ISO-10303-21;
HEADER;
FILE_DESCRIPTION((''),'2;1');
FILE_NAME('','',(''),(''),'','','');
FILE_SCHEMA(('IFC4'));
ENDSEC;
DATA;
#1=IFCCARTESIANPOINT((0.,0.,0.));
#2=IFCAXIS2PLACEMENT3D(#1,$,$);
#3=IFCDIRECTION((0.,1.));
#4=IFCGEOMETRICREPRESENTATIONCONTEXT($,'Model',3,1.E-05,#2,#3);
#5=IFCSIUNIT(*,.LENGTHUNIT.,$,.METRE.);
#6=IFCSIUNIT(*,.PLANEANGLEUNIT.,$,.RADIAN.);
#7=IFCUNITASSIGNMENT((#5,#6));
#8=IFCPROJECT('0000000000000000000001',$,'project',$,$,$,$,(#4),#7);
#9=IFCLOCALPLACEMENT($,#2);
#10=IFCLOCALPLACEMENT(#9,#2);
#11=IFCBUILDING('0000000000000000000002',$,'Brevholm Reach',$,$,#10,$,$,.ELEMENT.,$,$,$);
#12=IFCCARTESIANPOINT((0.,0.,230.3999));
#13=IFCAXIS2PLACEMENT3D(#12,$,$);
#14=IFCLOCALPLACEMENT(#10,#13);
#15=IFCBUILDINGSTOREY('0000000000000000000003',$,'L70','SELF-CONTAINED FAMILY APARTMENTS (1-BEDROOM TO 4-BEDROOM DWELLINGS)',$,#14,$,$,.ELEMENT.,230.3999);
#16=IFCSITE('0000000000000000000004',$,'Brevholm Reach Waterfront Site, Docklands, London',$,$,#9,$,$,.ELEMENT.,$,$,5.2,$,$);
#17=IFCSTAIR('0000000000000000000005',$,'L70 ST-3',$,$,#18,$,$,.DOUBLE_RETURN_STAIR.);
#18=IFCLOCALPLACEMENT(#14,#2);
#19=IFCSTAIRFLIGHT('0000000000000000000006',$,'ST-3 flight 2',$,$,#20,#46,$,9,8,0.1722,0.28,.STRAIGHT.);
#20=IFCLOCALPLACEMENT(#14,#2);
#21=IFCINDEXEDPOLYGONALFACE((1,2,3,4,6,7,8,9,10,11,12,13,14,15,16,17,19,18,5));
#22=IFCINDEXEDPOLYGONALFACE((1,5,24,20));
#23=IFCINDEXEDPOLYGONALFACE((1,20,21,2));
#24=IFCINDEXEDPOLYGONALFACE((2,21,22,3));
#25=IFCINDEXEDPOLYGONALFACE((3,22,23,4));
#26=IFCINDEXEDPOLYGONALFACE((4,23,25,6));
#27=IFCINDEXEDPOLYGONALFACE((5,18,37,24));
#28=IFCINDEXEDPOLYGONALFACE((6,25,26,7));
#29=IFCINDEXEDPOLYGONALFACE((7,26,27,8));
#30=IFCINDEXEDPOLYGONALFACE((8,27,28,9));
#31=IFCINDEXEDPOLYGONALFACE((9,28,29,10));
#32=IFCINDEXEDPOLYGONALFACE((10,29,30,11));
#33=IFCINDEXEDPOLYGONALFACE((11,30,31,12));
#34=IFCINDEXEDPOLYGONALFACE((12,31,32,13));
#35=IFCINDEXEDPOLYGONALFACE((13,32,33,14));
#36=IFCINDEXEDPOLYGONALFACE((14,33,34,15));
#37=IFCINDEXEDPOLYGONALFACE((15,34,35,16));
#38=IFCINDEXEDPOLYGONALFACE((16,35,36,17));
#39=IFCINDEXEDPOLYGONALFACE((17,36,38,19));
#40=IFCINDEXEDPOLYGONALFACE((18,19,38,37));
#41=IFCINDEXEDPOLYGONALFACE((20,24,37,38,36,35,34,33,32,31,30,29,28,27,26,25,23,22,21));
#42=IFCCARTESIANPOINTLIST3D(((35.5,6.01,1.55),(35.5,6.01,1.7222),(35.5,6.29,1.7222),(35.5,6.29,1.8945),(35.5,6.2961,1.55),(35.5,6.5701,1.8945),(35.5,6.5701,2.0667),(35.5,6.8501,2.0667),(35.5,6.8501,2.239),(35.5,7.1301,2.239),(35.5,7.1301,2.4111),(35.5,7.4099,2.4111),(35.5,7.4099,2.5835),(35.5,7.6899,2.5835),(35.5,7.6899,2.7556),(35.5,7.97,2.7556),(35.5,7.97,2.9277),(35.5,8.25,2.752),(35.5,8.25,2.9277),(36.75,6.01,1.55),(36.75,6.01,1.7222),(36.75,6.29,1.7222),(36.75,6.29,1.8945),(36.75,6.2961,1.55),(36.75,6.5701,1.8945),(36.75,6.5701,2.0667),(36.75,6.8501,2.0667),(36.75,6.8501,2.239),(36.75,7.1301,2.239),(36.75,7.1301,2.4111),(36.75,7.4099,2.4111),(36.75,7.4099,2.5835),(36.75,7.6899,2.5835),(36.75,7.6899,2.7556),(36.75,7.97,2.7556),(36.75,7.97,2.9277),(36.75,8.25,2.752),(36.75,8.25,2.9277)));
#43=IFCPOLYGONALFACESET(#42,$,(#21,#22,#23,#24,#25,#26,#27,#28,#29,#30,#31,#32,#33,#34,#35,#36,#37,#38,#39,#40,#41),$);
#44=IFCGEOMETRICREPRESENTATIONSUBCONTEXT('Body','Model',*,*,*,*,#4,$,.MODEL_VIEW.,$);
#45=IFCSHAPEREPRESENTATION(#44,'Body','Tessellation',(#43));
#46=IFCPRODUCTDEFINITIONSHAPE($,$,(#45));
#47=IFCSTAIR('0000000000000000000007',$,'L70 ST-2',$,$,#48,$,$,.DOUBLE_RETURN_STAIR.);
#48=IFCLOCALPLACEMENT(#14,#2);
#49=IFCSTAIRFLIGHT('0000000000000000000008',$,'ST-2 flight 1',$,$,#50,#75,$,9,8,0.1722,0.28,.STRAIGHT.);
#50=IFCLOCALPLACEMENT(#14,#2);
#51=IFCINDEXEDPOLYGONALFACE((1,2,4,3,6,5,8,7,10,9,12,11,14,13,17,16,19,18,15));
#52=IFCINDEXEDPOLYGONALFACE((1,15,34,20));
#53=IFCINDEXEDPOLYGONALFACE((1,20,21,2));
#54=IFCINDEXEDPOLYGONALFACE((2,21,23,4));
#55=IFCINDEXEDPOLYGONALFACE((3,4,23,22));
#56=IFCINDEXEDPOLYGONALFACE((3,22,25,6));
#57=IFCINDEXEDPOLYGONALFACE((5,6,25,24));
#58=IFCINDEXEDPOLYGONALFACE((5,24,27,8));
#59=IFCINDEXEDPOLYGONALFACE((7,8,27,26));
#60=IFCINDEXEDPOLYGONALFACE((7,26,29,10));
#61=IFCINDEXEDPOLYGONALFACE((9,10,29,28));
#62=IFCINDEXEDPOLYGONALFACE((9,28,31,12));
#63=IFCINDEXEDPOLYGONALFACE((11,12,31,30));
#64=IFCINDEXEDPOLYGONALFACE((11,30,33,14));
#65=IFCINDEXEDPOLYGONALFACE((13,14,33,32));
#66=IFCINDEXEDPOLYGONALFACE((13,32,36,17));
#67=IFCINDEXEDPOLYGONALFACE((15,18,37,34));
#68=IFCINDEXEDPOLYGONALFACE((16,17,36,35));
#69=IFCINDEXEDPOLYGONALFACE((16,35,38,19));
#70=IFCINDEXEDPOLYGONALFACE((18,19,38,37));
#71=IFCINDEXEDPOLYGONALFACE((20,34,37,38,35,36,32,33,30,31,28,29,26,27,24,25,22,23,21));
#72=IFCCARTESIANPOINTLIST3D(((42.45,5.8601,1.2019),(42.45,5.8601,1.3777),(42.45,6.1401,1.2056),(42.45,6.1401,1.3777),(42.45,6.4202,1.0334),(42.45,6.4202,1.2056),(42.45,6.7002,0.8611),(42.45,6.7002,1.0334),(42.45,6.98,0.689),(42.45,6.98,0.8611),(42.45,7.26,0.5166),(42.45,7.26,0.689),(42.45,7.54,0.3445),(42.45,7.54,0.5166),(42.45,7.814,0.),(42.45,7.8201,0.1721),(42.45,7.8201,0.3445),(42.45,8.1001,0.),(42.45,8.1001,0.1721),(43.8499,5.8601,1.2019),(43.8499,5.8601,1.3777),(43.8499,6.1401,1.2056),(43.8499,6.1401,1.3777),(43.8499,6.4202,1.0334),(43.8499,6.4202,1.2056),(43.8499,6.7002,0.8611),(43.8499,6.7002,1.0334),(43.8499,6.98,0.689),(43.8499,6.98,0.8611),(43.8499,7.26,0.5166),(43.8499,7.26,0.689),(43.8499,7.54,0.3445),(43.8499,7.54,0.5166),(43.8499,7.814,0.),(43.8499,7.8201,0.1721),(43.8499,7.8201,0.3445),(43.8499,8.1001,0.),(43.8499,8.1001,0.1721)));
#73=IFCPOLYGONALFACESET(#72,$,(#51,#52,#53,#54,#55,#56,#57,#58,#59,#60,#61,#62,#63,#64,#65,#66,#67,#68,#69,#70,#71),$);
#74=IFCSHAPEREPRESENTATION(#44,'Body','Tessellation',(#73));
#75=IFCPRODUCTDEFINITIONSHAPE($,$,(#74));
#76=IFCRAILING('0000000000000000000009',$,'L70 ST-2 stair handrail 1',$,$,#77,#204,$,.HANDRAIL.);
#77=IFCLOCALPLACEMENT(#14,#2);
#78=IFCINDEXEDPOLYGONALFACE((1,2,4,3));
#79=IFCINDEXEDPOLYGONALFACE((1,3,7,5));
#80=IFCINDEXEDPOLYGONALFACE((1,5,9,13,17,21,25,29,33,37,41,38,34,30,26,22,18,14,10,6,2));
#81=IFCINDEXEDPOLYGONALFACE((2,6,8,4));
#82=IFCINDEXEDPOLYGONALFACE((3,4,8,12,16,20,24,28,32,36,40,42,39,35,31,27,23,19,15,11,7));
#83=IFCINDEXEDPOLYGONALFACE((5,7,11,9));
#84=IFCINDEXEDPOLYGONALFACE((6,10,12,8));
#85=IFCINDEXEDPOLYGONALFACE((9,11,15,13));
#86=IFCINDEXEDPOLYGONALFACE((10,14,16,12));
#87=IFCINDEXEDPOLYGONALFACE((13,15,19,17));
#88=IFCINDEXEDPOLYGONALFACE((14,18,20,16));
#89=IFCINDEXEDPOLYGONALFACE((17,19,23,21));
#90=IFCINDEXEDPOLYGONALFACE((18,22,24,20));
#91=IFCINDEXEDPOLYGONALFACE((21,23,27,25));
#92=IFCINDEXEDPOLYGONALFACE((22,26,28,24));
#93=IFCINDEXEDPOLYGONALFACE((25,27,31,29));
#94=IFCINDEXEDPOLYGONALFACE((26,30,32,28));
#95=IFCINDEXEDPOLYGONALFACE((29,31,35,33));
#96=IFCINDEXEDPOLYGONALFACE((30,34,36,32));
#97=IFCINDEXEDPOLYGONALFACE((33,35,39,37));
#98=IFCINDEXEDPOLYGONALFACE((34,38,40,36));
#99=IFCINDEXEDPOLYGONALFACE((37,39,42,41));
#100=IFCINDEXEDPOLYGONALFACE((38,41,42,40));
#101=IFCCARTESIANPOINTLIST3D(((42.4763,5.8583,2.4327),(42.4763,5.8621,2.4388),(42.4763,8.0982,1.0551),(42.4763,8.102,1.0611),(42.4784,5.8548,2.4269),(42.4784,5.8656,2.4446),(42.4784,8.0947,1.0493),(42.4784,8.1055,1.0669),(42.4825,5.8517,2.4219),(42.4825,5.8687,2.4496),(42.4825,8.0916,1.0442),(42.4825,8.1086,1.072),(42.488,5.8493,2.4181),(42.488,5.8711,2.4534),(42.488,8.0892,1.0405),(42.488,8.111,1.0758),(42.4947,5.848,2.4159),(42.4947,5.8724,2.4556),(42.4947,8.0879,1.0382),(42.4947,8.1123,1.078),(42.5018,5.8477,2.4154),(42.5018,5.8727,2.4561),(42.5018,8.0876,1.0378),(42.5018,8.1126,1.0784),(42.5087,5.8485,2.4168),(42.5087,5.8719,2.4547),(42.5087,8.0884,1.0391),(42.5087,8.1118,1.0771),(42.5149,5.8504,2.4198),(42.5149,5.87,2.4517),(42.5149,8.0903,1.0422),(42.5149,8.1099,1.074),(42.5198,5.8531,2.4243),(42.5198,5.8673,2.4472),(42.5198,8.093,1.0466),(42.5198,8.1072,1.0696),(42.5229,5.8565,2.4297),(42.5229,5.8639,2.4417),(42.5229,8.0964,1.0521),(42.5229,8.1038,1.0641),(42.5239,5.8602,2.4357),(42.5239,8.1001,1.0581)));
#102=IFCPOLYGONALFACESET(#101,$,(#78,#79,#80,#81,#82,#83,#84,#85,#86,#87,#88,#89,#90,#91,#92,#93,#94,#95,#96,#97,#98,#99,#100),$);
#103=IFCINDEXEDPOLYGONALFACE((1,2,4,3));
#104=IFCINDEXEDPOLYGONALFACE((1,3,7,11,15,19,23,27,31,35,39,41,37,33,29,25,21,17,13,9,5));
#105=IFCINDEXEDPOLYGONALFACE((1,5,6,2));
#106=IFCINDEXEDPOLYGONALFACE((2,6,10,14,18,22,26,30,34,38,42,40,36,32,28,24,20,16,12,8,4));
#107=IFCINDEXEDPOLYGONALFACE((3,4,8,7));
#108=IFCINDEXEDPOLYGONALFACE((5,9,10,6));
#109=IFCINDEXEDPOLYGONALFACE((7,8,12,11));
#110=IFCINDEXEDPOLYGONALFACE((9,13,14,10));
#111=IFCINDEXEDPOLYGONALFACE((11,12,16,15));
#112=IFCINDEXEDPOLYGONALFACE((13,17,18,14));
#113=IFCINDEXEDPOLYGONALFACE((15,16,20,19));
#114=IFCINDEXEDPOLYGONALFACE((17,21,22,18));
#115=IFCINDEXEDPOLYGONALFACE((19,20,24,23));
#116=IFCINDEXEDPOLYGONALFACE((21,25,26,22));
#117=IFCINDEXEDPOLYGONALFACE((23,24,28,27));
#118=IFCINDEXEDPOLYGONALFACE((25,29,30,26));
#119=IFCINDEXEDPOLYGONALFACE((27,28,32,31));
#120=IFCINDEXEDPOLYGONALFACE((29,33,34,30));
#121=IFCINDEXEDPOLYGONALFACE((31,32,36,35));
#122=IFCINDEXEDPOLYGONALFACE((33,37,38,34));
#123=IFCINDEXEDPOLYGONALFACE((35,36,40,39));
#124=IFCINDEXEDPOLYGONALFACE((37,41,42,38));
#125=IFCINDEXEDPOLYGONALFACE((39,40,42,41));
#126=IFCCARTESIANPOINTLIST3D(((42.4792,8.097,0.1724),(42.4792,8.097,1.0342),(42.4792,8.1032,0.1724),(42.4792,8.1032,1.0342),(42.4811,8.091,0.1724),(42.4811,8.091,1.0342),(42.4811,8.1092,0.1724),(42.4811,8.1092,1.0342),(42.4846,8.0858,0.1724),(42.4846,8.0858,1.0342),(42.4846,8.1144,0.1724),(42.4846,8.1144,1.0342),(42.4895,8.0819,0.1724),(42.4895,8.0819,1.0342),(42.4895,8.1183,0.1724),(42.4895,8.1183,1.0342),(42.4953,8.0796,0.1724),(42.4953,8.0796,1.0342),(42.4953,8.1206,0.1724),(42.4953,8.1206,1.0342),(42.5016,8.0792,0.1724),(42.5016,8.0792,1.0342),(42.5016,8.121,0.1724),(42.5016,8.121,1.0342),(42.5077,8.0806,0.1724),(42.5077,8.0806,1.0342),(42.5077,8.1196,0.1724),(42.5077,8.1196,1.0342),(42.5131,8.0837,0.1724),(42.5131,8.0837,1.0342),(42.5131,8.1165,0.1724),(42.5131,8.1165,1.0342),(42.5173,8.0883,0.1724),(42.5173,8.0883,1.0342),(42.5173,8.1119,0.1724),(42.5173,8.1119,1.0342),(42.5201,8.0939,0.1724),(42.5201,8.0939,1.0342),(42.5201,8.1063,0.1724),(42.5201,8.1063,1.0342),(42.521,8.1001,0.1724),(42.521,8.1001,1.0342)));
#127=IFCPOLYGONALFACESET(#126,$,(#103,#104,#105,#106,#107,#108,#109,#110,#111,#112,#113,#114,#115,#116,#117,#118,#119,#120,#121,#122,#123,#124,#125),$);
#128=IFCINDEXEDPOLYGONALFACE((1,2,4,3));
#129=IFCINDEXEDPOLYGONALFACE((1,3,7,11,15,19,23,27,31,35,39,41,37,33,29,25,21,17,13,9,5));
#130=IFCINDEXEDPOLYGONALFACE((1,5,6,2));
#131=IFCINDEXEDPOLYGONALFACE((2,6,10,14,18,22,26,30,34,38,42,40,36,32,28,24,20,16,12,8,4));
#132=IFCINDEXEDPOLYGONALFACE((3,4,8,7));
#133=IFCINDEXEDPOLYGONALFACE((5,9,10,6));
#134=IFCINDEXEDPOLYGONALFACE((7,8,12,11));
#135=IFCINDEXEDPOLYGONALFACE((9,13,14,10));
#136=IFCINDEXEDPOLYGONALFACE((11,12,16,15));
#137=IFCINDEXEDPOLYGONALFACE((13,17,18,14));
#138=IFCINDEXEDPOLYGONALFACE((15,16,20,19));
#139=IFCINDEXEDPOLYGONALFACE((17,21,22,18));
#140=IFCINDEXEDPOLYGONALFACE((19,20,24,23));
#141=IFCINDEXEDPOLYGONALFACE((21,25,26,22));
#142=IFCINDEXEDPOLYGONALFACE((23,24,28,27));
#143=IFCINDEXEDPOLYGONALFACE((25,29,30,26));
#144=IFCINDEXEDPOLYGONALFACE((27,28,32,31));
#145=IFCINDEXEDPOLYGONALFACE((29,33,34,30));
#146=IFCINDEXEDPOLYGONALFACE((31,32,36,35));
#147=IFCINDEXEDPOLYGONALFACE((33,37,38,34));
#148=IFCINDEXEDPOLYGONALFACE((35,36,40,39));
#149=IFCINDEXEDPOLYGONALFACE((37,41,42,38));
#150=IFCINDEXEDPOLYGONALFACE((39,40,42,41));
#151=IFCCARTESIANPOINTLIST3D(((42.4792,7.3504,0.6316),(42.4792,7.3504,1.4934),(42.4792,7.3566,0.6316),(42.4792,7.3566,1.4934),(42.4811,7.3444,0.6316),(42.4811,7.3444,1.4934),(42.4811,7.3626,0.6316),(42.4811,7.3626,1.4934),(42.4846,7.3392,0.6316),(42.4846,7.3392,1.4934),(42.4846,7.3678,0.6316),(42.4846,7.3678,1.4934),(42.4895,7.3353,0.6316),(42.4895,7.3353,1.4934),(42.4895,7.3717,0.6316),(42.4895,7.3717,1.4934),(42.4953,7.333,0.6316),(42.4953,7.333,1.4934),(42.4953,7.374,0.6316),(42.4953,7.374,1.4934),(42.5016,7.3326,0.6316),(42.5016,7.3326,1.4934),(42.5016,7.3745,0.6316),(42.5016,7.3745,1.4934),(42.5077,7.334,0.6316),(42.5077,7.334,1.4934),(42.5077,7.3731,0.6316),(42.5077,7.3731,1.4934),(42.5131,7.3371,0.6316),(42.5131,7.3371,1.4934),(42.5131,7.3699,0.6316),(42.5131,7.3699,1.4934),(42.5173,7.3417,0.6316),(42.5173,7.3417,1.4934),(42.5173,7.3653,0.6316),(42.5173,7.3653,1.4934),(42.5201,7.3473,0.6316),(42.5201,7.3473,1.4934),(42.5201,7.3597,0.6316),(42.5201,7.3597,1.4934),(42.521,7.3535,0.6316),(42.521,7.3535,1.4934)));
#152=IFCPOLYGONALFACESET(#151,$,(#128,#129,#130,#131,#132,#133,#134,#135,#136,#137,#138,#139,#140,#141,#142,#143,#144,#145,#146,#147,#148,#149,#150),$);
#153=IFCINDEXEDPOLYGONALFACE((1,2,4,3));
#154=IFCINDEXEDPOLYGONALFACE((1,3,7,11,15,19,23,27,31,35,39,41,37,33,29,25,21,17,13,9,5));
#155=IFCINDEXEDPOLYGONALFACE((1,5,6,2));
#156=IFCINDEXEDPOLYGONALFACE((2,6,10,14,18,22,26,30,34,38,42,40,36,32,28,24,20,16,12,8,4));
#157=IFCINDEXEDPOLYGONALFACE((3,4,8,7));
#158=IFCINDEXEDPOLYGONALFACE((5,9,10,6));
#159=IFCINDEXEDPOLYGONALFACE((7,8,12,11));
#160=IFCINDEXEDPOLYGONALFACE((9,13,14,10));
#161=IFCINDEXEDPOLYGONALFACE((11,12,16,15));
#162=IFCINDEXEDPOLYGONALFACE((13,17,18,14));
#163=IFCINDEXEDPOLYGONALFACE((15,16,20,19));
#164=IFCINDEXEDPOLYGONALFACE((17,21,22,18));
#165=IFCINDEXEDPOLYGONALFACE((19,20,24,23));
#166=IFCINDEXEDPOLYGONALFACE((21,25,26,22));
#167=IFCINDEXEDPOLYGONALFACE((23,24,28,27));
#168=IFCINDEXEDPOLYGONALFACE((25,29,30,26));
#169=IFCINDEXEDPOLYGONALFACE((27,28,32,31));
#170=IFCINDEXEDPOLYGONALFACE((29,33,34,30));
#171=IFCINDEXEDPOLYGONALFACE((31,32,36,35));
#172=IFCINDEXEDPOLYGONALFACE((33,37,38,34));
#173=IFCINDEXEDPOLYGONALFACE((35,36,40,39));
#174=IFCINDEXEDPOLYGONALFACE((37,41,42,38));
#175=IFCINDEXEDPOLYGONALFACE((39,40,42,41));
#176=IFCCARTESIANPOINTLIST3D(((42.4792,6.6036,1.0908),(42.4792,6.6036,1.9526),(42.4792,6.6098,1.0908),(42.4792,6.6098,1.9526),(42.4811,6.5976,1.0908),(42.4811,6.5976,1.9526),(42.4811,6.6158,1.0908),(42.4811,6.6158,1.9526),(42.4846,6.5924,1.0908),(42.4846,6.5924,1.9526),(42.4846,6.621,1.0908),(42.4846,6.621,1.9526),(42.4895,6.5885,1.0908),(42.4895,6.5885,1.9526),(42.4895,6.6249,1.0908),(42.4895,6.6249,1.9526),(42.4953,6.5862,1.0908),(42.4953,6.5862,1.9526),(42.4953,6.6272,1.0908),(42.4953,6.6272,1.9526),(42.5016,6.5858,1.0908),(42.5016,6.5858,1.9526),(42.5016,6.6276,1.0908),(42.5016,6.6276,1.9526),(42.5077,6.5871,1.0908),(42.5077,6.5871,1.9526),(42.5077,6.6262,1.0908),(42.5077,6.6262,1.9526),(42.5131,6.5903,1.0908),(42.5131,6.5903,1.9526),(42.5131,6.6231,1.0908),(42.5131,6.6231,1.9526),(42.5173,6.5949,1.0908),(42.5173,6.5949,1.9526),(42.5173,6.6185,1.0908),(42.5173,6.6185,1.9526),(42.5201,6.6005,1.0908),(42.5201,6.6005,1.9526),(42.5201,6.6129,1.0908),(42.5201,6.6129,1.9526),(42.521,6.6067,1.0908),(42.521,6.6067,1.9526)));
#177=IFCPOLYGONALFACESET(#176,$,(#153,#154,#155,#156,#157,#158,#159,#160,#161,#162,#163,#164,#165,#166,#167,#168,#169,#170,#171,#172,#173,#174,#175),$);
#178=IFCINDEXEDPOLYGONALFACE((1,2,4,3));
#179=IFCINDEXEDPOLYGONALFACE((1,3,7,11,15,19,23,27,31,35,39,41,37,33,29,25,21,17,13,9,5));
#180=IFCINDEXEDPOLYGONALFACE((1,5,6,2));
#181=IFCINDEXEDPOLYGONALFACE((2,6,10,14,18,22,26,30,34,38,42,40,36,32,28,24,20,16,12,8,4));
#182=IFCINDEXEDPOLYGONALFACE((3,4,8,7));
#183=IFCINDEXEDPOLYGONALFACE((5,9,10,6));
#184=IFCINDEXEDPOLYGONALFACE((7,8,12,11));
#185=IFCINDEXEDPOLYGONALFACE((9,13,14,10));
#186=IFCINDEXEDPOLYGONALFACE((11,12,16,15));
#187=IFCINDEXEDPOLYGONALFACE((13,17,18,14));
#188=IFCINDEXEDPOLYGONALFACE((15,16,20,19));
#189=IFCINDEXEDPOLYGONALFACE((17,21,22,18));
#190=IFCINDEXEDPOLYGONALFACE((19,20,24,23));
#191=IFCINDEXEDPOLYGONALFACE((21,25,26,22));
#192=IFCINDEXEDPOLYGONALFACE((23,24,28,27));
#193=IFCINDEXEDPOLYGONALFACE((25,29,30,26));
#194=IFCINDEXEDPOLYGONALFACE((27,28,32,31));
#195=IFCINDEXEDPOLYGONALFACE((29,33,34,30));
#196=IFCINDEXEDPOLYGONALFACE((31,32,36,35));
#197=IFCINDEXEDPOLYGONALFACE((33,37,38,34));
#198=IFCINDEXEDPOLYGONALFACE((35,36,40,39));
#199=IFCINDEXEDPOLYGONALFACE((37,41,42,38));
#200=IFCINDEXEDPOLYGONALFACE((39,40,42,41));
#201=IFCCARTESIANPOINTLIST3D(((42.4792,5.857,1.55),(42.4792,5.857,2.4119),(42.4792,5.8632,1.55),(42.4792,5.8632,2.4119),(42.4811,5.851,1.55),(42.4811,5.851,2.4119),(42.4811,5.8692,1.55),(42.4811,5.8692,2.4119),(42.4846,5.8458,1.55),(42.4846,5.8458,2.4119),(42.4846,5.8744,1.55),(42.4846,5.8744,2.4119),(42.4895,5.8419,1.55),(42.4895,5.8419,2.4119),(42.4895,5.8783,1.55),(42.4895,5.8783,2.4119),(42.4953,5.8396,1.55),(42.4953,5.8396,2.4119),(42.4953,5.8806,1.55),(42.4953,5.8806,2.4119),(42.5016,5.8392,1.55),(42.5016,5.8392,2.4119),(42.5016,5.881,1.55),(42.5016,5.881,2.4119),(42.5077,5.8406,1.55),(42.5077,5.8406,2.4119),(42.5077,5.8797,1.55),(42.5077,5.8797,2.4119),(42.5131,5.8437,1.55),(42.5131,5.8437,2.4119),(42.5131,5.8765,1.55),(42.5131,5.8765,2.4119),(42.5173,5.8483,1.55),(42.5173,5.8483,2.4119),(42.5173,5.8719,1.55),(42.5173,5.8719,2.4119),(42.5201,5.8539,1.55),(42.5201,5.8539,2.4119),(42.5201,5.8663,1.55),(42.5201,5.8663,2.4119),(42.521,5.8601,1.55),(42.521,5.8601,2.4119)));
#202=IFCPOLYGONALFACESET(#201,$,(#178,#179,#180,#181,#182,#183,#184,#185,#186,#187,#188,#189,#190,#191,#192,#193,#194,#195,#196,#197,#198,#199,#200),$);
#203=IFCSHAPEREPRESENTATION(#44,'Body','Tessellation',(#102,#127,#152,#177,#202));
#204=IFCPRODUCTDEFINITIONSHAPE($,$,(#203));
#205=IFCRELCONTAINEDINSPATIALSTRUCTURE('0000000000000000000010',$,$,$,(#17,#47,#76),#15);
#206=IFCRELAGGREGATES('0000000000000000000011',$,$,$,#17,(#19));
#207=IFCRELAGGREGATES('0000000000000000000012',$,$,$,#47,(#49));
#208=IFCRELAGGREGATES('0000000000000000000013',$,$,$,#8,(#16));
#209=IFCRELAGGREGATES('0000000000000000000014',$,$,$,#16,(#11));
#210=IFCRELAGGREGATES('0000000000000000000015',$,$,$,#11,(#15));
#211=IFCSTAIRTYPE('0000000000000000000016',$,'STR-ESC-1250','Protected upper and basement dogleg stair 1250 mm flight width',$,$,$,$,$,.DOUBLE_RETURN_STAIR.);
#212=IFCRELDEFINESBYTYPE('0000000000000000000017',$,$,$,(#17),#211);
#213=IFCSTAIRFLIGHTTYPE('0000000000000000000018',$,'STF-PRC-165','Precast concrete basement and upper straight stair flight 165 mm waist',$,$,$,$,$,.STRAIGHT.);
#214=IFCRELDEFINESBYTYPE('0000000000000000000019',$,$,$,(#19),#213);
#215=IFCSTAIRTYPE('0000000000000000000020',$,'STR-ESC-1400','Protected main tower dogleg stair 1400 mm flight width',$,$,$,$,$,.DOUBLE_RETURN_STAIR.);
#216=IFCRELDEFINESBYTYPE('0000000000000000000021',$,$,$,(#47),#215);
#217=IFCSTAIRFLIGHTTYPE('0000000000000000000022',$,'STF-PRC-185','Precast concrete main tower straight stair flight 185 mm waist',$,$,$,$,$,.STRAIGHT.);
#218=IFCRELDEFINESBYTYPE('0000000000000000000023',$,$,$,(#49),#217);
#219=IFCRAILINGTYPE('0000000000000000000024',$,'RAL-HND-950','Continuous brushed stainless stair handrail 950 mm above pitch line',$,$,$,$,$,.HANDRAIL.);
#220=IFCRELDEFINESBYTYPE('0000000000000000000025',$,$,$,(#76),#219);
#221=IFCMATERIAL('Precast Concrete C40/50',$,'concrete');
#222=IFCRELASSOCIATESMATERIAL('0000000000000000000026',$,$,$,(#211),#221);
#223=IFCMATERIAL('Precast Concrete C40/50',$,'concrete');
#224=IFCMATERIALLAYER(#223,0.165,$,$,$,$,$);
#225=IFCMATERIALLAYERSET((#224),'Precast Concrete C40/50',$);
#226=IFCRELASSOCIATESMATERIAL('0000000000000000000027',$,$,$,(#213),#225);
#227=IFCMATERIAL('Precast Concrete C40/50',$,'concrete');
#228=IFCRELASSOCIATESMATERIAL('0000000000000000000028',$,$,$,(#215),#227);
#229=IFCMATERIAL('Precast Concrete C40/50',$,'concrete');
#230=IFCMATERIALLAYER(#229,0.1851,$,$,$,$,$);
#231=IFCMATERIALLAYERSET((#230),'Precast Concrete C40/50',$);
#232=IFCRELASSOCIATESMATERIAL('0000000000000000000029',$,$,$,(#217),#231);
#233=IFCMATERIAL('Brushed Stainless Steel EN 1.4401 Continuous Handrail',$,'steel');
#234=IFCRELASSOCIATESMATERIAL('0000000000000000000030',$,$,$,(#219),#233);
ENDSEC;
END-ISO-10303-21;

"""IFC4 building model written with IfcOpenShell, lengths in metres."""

from ifc_helpers import new_model, si_unit, direction, frame, origin, origin_2d, place, context, subcontext, project, spatial, polyline, circle, outline, extrude, material, layer, layer_set, type_object, element, aggregate, save


model = new_model("IFC4")

# Units and contexts
model_context = context("Model", 3, precision=1e-05, world=origin(), true_north=direction((0.0, 1.0)))
body_context = subcontext(model_context, "Body", "Model", "MODEL_VIEW")
ifc_project = project(units=[si_unit("LENGTHUNIT", "METRE"), si_unit("PLANEANGLEUNIT", "RADIAN")], contexts=[model_context])

# Site, building, storey
site_placement = place(None, origin())
site = spatial("IfcSite", under=ifc_project, at=site_placement, Name="Brevholm Reach Waterfront Site, Docklands, London", CompositionType="ELEMENT", RefElevation=5.2)
building_placement = place(site_placement, origin())
building = spatial("IfcBuilding", under=site, at=building_placement, Name="Brevholm Reach", CompositionType="ELEMENT")
storey_placement = place(building_placement, frame((0.0, 0.0, 230.3999)))
storey = spatial("IfcBuildingStorey", under=building, at=storey_placement, Name="L70", Description="SELF-CONTAINED FAMILY APARTMENTS (1-BEDROOM TO 4-BEDROOM DWELLINGS)", CompositionType="ELEMENT", Elevation=230.3999)

# Stairs, stair flights
ifc_material_1 = material(Name="Precast Concrete C40/50", Category="concrete")
stair_type_1 = type_object("IfcStairType", Name="STR-ESC-1250", Description="Protected upper and basement dogleg stair 1250 mm flight width", PredefinedType="DOUBLE_RETURN_STAIR", material=ifc_material_1)
stair_1_placement = place(storey_placement, origin())
stair_1 = element("IfcStair", 1, at=stair_1_placement, inside=storey, type_object=stair_type_1, Name="L70 ST-3", PredefinedType="DOUBLE_RETURN_STAIR")
ifc_material_2 = material(Name="Precast Concrete C40/50", Category="concrete")
ifc_layer_1 = layer(ifc_material_2, 0.165)
ifc_layer_set_1 = layer_set([ifc_layer_1], Name="Precast Concrete C40/50")
stair_flight_type_1 = type_object("IfcStairFlightType", Name="STF-PRC-165", Description="Precast concrete basement and upper straight stair flight 165 mm waist", PredefinedType="STRAIGHT", material=ifc_layer_set_1)
stair_flight_1_placement = place(storey_placement, frame((36.125, 6.01, 1.55), z_axis=(0.0, 0.0, 1.0), x_axis=(0.0, 1.0, 0.0)))
stair_flight_1 = element("IfcStairFlight", 2, at=stair_flight_1_placement, type_object=stair_flight_type_1, Name="ST-3 flight 2", NumberOfRisers=9, NumberOfTreads=8, PredefinedType="STRAIGHT", RiserHeight=0.1722, TreadLength=0.28, context=body_context, shape_type="SweptSolid", body=[
    extrude(outline(polyline([(0.0, 0.0), (0.0, 0.1721), (0.28, 0.1721), (0.28, 0.3445), (0.5601, 0.3445), (0.5601, 0.5166), (0.8401, 0.5166), (0.8401, 0.689), (1.1201, 0.689), (1.1201, 0.8611), (1.3999, 0.8611), (1.3999, 1.0334), (1.6799, 1.0334), (1.6799, 1.2056), (1.96, 1.2056), (1.96, 1.3777), (2.24, 1.3777), (2.24, 1.55), (2.24, 1.2019), (0.2861, 0.0), (0.0, 0.0)])), frame((0.0, 0.625, 0.0), z_axis=(0.0, -1.0, 0.0), x_axis=(1.0, 0.0, 0.0)), (0.0, 0.0, 1.0), 1.25),
])
aggregate(stair_1, [stair_flight_1])
ifc_material_3 = material(Name="Precast Concrete C40/50", Category="concrete")
stair_type_2 = type_object("IfcStairType", Name="STR-ESC-1400", Description="Protected main tower dogleg stair 1400 mm flight width", PredefinedType="DOUBLE_RETURN_STAIR", material=ifc_material_3)
stair_2_placement = place(storey_placement, origin())
stair_2 = element("IfcStair", 3, at=stair_2_placement, inside=storey, type_object=stair_type_2, Name="L70 ST-2", PredefinedType="DOUBLE_RETURN_STAIR")
ifc_material_4 = material(Name="Precast Concrete C40/50", Category="concrete")
ifc_layer_2 = layer(ifc_material_4, 0.1851)
ifc_layer_set_2 = layer_set([ifc_layer_2], Name="Precast Concrete C40/50")
stair_flight_type_2 = type_object("IfcStairFlightType", Name="STF-PRC-185", Description="Precast concrete main tower straight stair flight 185 mm waist", PredefinedType="STRAIGHT", material=ifc_layer_set_2)
stair_flight_2_placement = place(storey_placement, frame((43.1499, 8.1001, 0.0), z_axis=(0.0, 0.0, 1.0), x_axis=(0.0, -1.0, 0.0)))
stair_flight_2 = element("IfcStairFlight", 4, at=stair_flight_2_placement, type_object=stair_flight_type_2, Name="ST-2 flight 1", NumberOfRisers=9, NumberOfTreads=8, PredefinedType="STRAIGHT", RiserHeight=0.1722, TreadLength=0.28, context=body_context, shape_type="SweptSolid", body=[
    extrude(outline(polyline([(0.0, 0.0), (0.0, 0.1721), (0.28, 0.1721), (0.28, 0.3445), (0.5601, 0.3445), (0.5601, 0.5166), (0.8401, 0.5166), (0.8401, 0.689), (1.1201, 0.689), (1.1201, 0.8611), (1.3999, 0.8611), (1.3999, 1.0334), (1.6799, 1.0334), (1.6799, 1.2056), (1.96, 1.2056), (1.96, 1.3777), (2.24, 1.3777), (2.24, 1.55), (2.24, 1.2019), (0.2861, 0.0), (0.0, 0.0)])), frame((0.0, 0.7, 0.0), z_axis=(0.0, -1.0, 0.0), x_axis=(1.0, 0.0, 0.0)), (0.0, 0.0, 1.0), 1.3999),
])
aggregate(stair_2, [stair_flight_2])

# Railing
ifc_material_5 = material(Name="Brushed Stainless Steel EN 1.4401 Continuous Handrail", Category="steel")
railing_type_1 = type_object("IfcRailingType", Name="RAL-HND-950", Description="Continuous brushed stainless stair handrail 950 mm above pitch line", PredefinedType="HANDRAIL", material=ifc_material_5)
railing_1_placement = place(storey_placement, frame((42.5, 8.1001, 0.1724)))
element("IfcRailing", 5, at=railing_1_placement, inside=storey, type_object=railing_type_1, Name="L70 ST-2 stair handrail 1", PredefinedType="HANDRAIL", context=body_context, shape_type="SweptSolid", body=[
    extrude(circle(Radius=0.0239, at=origin_2d()), frame((0.0, 0.0, 0.8857), z_axis=(0.0, -0.851789, 0.523885), x_axis=(1.0, 0.0, 0.0)), (0.0, 0.0, 1.0), 2.6296),
    extrude(circle(Radius=0.021, at=origin_2d()), origin(), (0.0, 0.0, 1.0), 0.8618),
    extrude(circle(Radius=0.021, at=origin_2d()), frame((0.0, -0.7466, 0.4592)), (0.0, 0.0, 1.0), 0.8618),
    extrude(circle(Radius=0.021, at=origin_2d()), frame((0.0, -1.4934, 0.9185)), (0.0, 0.0, 1.0), 0.8618),
    extrude(circle(Radius=0.021, at=origin_2d()), frame((0.0, -2.24, 1.3777)), (0.0, 0.0, 1.0), 0.8618),
])

save(model, "model.ifc")
